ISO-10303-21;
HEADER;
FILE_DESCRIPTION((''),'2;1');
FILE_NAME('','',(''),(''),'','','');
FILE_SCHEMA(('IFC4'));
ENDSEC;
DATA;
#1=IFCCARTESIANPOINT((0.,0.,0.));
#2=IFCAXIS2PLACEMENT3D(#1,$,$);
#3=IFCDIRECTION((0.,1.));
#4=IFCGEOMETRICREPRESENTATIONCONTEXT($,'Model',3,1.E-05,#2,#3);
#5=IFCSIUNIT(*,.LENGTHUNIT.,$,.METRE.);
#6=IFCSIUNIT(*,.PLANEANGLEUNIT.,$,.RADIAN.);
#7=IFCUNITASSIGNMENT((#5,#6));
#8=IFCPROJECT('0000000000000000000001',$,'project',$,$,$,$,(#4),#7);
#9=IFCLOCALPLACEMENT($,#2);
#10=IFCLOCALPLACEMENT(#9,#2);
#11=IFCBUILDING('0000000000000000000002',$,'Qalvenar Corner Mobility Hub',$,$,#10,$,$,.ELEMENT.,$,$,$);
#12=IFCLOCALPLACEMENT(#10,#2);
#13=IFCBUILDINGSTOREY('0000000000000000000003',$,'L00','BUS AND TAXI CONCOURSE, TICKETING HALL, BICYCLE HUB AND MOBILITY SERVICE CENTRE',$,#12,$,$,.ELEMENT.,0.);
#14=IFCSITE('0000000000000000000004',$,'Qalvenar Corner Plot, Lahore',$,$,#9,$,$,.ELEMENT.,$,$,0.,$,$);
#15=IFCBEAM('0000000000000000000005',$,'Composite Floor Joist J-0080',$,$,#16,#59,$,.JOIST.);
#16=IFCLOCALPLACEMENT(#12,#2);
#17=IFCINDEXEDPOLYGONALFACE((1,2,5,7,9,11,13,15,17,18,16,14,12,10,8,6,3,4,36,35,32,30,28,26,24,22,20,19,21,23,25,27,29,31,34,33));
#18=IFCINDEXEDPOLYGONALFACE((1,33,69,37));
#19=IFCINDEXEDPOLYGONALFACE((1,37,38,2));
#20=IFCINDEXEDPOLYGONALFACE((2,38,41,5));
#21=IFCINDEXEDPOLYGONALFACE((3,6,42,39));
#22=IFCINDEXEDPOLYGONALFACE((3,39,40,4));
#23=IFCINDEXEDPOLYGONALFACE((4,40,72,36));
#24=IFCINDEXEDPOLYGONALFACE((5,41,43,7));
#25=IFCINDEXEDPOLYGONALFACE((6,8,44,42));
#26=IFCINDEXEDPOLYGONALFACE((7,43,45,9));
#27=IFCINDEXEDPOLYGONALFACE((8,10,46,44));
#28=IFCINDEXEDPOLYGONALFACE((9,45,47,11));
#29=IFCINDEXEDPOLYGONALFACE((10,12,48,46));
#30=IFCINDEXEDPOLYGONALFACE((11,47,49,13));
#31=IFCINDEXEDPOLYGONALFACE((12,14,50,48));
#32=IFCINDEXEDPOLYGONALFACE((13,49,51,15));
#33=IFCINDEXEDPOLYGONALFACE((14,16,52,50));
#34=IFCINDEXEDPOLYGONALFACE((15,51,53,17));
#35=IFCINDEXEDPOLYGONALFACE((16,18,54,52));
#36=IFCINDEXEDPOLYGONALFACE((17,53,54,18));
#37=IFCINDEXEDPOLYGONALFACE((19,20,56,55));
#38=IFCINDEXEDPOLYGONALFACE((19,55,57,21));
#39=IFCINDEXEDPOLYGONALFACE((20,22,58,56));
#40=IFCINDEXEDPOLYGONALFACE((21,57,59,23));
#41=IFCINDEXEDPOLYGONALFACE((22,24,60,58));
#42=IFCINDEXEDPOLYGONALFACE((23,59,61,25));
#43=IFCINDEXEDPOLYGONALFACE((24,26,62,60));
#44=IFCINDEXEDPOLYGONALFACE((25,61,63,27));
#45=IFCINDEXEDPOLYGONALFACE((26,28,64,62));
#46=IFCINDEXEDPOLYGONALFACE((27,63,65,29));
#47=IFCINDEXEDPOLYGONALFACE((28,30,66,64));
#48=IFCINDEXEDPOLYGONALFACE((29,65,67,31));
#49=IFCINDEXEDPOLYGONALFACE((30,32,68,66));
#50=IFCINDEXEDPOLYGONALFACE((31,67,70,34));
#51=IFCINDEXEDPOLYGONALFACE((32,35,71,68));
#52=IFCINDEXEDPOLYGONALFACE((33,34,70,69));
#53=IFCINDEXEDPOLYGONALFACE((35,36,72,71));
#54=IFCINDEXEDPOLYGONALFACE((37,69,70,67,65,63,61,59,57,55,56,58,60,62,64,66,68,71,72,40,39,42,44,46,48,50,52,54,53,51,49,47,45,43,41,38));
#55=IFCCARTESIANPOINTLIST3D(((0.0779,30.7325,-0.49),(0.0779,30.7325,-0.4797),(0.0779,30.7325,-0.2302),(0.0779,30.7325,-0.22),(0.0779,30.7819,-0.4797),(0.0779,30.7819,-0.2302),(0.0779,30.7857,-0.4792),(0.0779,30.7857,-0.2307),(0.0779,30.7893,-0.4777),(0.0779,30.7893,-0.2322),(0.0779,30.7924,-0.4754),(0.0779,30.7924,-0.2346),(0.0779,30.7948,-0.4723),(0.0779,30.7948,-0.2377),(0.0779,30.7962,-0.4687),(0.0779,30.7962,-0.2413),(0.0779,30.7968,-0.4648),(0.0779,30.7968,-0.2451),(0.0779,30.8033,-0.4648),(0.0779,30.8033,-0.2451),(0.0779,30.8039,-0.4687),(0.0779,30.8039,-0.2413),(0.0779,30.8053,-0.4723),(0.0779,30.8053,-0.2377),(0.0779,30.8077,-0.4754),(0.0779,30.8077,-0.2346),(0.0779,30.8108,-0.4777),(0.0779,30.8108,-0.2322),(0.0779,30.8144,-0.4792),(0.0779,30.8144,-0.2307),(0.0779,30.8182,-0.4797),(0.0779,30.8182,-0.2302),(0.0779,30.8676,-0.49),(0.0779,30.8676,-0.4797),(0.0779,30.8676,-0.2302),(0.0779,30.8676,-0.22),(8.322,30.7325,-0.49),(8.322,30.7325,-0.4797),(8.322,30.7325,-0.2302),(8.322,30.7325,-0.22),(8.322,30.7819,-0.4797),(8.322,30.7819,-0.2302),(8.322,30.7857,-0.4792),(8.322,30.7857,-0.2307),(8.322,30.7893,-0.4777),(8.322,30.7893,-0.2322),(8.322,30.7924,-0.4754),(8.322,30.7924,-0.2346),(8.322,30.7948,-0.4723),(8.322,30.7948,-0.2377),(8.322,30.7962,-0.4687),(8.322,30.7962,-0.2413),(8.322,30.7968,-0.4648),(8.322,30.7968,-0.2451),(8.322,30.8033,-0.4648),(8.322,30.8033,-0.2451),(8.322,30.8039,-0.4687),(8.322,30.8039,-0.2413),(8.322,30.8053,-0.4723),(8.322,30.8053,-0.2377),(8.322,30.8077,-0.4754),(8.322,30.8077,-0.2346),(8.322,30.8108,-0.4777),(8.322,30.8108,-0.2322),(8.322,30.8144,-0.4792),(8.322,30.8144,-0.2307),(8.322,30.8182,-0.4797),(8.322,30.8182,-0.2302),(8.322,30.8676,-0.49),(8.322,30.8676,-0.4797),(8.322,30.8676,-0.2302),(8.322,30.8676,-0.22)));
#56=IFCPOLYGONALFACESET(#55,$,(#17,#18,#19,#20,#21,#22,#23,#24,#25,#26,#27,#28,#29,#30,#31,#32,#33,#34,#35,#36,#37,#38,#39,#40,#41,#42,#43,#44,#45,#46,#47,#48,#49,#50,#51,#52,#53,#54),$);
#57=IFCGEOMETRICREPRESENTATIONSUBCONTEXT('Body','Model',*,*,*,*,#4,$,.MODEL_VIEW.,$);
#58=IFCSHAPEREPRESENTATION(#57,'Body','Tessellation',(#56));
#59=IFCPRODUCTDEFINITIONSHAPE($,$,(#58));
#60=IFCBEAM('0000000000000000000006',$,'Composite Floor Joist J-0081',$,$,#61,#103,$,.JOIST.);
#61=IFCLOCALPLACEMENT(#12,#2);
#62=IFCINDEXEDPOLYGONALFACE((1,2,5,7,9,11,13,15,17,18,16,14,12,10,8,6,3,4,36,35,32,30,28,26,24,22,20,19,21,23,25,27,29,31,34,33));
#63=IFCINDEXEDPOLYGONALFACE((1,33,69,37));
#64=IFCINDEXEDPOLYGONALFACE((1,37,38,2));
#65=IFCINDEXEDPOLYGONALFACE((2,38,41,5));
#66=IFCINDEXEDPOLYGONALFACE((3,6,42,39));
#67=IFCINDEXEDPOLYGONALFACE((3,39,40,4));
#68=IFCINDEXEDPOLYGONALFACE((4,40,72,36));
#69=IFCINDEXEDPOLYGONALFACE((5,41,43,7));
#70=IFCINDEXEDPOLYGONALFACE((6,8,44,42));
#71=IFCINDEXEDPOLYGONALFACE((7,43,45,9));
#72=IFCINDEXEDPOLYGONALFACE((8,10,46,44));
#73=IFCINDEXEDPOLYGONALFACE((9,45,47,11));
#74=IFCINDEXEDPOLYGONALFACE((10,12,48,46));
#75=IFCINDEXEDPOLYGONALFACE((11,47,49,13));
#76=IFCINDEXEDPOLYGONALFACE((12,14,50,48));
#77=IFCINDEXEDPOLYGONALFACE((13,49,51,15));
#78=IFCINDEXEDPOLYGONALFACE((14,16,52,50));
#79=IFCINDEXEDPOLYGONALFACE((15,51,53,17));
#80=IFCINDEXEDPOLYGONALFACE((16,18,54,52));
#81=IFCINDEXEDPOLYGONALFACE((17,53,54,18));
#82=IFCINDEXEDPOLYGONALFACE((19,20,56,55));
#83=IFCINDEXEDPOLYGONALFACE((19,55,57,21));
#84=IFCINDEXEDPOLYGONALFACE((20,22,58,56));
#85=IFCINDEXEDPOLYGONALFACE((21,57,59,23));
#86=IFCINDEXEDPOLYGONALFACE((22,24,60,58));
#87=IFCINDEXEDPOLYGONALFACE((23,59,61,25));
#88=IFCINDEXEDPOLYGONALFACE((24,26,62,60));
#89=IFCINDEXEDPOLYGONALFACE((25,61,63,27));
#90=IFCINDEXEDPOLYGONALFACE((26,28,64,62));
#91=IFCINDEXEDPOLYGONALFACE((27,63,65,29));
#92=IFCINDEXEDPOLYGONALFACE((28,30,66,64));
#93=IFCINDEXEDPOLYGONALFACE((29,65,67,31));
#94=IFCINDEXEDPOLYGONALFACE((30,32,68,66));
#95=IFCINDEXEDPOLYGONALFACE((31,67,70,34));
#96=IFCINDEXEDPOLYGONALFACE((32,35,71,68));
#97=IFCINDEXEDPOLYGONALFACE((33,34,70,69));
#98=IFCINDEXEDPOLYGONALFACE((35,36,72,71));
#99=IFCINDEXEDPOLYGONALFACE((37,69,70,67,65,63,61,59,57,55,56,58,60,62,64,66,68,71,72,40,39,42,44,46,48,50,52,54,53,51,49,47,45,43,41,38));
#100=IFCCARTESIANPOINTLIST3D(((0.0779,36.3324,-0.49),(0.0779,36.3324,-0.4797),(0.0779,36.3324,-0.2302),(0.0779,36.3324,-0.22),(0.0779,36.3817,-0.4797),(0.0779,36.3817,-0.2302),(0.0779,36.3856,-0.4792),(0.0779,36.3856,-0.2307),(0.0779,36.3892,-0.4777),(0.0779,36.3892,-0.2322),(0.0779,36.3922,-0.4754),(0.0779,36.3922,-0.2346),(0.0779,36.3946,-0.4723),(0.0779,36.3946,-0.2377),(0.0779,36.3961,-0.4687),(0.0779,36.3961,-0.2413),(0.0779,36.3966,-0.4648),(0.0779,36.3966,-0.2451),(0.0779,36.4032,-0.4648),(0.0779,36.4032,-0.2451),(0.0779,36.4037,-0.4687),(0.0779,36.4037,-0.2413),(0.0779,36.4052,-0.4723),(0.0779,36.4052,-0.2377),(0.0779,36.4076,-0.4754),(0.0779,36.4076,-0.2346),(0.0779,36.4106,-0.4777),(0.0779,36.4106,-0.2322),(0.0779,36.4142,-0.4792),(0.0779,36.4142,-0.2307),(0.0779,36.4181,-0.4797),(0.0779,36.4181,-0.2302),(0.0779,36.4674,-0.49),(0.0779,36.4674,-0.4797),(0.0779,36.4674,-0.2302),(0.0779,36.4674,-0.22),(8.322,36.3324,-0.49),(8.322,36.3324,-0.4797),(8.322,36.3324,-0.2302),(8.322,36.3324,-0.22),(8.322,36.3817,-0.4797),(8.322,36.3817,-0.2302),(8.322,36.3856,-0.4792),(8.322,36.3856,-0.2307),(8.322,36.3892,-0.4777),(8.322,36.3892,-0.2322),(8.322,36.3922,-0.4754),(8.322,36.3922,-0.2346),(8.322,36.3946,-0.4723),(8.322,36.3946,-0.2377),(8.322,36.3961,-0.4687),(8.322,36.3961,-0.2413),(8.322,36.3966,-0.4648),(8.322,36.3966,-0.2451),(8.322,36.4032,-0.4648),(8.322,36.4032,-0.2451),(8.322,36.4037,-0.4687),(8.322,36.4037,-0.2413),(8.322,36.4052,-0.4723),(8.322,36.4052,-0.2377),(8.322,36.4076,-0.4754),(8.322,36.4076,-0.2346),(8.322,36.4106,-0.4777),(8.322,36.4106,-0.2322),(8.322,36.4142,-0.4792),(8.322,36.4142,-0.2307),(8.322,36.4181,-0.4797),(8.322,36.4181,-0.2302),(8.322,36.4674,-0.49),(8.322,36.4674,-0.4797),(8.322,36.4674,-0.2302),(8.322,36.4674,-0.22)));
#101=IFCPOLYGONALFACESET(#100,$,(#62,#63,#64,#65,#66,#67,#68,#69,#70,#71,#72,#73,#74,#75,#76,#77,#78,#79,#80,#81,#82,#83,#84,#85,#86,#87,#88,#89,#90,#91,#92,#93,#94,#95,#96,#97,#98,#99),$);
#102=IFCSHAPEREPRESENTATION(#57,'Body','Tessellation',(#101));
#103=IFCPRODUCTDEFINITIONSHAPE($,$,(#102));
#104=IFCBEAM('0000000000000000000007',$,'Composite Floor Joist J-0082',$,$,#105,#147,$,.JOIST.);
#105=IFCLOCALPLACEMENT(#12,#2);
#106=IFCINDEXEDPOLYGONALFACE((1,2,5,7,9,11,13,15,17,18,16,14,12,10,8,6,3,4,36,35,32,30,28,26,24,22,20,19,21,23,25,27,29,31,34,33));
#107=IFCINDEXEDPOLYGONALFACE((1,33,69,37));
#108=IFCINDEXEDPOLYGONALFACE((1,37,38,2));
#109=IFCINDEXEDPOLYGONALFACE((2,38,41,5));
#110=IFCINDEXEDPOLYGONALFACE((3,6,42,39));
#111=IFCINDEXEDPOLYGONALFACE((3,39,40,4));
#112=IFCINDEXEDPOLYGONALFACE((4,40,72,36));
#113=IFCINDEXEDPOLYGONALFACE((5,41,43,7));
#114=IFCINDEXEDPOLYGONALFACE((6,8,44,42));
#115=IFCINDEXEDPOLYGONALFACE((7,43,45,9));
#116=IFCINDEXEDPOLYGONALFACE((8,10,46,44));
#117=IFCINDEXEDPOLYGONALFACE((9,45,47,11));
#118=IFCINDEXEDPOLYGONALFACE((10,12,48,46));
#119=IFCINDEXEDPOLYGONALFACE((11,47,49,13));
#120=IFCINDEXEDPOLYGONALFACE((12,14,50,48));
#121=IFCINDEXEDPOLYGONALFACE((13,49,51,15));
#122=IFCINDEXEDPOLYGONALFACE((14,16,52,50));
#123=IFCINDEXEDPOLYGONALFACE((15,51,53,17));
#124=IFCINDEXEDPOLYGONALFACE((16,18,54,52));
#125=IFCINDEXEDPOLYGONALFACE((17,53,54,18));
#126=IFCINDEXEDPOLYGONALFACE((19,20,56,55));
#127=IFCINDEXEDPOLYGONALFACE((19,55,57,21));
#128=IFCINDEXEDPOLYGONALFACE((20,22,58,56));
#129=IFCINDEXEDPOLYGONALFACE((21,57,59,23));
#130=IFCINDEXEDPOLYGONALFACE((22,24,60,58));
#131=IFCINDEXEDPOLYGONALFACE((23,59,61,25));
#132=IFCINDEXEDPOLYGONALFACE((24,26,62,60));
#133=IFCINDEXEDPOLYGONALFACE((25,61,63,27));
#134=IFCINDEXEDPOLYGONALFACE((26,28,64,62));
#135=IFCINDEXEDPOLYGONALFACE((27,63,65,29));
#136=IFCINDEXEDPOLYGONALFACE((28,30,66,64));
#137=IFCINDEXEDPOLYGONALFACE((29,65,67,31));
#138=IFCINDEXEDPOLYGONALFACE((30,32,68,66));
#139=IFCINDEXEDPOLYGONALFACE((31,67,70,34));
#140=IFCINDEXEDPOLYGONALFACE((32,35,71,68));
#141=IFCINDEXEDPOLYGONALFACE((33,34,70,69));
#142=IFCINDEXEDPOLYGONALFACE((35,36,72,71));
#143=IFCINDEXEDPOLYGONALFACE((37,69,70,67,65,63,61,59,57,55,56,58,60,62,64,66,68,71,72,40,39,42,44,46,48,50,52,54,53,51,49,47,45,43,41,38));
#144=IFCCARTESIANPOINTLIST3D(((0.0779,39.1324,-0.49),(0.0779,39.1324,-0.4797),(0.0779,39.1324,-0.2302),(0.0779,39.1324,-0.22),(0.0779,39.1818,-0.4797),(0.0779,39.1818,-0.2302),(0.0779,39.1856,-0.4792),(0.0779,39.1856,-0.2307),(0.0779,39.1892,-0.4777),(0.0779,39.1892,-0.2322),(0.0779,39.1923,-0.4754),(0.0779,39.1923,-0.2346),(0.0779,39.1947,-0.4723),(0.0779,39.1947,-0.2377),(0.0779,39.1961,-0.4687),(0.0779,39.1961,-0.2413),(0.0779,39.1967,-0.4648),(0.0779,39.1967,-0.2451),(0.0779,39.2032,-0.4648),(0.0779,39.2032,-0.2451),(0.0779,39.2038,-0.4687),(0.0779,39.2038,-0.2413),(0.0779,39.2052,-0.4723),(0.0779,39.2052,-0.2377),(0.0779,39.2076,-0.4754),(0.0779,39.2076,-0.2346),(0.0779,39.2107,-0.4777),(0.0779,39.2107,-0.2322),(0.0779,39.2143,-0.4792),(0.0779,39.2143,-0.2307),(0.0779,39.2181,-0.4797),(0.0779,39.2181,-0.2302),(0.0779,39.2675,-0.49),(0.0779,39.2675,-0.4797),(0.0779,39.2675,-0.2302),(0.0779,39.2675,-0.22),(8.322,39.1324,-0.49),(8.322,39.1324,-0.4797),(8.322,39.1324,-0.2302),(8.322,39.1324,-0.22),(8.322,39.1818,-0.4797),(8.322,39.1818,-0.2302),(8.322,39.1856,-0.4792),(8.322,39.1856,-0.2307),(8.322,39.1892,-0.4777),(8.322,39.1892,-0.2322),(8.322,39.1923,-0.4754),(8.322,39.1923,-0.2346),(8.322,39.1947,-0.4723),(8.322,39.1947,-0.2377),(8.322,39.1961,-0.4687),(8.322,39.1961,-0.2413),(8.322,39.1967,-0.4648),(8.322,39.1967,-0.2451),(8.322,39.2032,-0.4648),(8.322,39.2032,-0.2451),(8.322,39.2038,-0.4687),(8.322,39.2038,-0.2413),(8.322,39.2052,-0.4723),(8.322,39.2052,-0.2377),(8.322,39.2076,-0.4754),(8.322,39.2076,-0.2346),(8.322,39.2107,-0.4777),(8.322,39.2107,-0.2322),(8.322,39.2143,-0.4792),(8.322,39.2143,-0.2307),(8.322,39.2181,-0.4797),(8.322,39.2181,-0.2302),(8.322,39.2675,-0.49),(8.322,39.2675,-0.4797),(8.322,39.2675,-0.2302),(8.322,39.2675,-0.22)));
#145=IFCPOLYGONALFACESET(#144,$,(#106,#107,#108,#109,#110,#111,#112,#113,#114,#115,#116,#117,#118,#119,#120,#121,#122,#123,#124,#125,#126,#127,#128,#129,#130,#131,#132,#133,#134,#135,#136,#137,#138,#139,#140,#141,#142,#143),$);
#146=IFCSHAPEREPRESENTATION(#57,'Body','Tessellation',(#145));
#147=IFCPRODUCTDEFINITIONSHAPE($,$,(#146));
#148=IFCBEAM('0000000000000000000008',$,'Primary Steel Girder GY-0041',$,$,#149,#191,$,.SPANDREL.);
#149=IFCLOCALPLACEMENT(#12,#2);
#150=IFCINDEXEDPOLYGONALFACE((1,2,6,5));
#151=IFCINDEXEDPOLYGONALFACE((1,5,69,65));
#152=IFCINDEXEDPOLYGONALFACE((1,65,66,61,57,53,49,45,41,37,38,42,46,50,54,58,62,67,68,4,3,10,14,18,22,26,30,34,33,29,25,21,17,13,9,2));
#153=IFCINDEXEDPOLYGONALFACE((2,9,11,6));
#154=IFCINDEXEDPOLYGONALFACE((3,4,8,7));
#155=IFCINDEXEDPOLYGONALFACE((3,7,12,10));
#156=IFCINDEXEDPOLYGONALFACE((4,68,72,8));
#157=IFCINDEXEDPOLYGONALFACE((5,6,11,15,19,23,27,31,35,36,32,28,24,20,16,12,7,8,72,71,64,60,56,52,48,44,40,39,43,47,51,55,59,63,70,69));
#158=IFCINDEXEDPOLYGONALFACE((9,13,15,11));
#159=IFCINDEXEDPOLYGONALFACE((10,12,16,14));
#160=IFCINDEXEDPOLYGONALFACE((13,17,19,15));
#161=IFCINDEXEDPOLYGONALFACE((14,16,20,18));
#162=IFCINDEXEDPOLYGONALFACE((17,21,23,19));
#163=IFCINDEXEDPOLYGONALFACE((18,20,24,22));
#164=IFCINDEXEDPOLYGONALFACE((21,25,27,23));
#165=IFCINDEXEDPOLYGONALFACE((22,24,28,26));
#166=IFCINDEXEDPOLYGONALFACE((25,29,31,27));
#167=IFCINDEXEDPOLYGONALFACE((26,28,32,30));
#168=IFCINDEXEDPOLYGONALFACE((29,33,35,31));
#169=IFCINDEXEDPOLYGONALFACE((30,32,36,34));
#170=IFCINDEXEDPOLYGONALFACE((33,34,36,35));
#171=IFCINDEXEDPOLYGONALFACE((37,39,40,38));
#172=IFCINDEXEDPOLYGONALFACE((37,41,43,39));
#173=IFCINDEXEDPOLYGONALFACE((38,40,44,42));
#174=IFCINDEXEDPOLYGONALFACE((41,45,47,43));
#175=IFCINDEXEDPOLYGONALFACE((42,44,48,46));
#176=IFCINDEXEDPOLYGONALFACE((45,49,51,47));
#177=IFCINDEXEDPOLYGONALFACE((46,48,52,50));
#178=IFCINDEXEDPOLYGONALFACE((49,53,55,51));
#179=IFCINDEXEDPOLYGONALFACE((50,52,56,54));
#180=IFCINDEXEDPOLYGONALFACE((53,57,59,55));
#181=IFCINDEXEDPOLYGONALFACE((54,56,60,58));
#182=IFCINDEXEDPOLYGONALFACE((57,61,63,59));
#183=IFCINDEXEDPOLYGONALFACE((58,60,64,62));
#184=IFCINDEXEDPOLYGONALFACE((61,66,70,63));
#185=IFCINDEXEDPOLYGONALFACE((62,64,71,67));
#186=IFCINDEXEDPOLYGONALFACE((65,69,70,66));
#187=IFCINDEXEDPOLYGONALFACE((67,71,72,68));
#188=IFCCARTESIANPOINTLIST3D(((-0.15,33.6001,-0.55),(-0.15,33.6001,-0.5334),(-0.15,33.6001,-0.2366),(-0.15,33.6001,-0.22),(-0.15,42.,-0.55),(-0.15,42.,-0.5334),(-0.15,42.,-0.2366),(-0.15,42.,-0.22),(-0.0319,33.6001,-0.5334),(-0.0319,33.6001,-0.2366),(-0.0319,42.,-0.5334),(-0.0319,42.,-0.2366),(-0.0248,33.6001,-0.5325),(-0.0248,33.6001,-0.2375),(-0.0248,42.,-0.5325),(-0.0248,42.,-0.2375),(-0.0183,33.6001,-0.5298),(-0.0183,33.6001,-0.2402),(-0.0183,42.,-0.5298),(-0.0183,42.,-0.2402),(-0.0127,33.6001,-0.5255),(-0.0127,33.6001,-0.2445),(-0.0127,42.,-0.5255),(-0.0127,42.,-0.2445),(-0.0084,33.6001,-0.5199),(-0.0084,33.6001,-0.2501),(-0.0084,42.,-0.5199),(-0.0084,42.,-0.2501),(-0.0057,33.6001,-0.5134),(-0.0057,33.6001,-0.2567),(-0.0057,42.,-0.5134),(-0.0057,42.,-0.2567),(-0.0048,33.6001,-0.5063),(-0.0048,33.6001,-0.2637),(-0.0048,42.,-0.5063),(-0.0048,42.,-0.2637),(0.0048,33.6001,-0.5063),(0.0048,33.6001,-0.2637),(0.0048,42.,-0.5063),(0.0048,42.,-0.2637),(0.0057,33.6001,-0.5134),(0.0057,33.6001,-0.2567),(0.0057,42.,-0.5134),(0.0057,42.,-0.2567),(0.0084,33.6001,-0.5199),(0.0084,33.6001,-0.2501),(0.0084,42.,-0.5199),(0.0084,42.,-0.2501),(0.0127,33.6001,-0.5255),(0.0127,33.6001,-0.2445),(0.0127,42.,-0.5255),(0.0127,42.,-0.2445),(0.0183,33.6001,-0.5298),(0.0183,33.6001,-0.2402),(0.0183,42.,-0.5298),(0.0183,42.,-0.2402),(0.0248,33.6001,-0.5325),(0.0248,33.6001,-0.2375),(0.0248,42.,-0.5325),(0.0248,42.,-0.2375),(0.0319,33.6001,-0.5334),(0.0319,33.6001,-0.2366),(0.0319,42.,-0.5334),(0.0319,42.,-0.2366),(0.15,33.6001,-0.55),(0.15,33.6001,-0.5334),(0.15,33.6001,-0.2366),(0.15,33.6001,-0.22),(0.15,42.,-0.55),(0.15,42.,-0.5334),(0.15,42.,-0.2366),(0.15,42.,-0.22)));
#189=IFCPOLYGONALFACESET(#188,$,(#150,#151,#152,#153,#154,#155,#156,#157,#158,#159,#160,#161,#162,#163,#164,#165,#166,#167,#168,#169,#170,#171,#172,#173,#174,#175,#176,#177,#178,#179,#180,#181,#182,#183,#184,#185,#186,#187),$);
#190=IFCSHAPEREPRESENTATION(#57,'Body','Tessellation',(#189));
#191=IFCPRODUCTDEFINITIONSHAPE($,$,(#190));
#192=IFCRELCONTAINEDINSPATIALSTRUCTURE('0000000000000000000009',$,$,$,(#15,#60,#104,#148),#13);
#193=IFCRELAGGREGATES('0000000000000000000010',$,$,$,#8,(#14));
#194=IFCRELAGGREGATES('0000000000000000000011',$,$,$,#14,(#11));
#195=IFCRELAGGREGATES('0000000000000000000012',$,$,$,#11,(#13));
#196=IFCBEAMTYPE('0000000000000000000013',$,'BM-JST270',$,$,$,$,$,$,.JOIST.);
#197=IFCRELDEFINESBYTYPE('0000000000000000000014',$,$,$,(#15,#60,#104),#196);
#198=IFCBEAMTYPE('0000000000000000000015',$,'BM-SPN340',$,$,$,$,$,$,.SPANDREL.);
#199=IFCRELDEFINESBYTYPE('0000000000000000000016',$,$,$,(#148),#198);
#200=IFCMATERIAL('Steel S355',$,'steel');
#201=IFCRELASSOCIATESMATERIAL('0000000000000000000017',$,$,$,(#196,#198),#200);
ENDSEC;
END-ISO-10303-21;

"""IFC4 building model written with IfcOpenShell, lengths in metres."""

from ifc_helpers import new_model, si_unit, direction, frame, origin, origin_2d, place, context, subcontext, project, spatial, i_section, extrude, material, material_profile, profile_set, type_object, element, save


model = new_model("IFC4")

# Units and contexts
model_context = context("Model", 3, precision=1e-05, world=origin(), true_north=direction((0.0, 1.0)))
body_context = subcontext(model_context, "Body", "Model", "MODEL_VIEW")
ifc_project = project(units=[si_unit("LENGTHUNIT", "METRE"), si_unit("PLANEANGLEUNIT", "RADIAN")], contexts=[model_context])

# Site, building, storey
site_placement = place(None, origin())
site = spatial("IfcSite", under=ifc_project, at=site_placement, Name="Qalvenar Corner Plot, Lahore", CompositionType="ELEMENT", RefElevation=0.0)
building_placement = place(site_placement, origin())
building = spatial("IfcBuilding", under=site, at=building_placement, Name="Qalvenar Corner Mobility Hub", CompositionType="ELEMENT")
storey_placement = place(building_placement, origin())
storey = spatial("IfcBuildingStorey", under=building, at=storey_placement, Name="L00", Description="BUS AND TAXI CONCOURSE, TICKETING HALL, BICYCLE HUB AND MOBILITY SERVICE CENTRE", CompositionType="ELEMENT", Elevation=0.0)

# Shared definitions
ifc_material_1 = material(Name="Steel S355", Category="steel")

# Beams
ifc_material_profile_1 = material_profile(ifc_material_1, i_section(OverallWidth=0.135, OverallDepth=0.27, WebThickness=0.0066, FlangeThickness=0.0103, FilletRadius=0.0149, at=origin_2d()), Name="IPE270")
ifc_profile_set_1 = profile_set([ifc_material_profile_1], Name="Steel S355")
beam_type_1 = type_object("IfcBeamType", Name="BM-JST270", PredefinedType="JOIST", material=ifc_profile_set_1)
for number, where, z_axis, x_axis, name in (
    (1, (0.0779, 30.8, -0.355), (1.0, 0.0, 0.0), (0.0, 1.0, 0.0), "Composite Floor Joist J-0080"),
    (2, (0.0779, 36.3999, -0.355), (1.0, 0.0, 0.0), (0.0, 1.0, 0.0), "Composite Floor Joist J-0081"),
    (3, (0.0779, 39.2, -0.355), (1.0, 0.0, 0.0), (0.0, 1.0, 0.0), "Composite Floor Joist J-0082"),
):
    element("IfcBeam", number, at=place(storey_placement, frame(where, z_axis=z_axis, x_axis=x_axis)), inside=storey, type_object=beam_type_1, Name=name, PredefinedType="JOIST", context=body_context, shape_type="SweptSolid", body=[
        extrude(i_section(OverallWidth=0.135, OverallDepth=0.27, WebThickness=0.0066, FlangeThickness=0.0103, FilletRadius=0.0149, at=origin_2d()), origin(), (0.0, 0.0, 1.0), 8.2441),
    ])
ifc_material_profile_2 = material_profile(ifc_material_1, i_section(OverallWidth=0.3, OverallDepth=0.3301, WebThickness=0.0095, FlangeThickness=0.0166, FilletRadius=0.0271, at=origin_2d()), Name="HEA340")
ifc_profile_set_2 = profile_set([ifc_material_profile_2], Name="Steel S355")
beam_type_2 = type_object("IfcBeamType", Name="BM-SPN340", PredefinedType="SPANDREL", material=ifc_profile_set_2)
for number, where, z_axis, x_axis, name in (
    (4, (0.0, 33.6001, -0.385), (0.0, 1.0, 0.0), (-1.0, 0.0, 0.0), "Primary Steel Girder GY-0041"),
):
    element("IfcBeam", number, at=place(storey_placement, frame(where, z_axis=z_axis, x_axis=x_axis)), inside=storey, type_object=beam_type_2, Name=name, PredefinedType="SPANDREL", context=body_context, shape_type="SweptSolid", body=[
        extrude(i_section(OverallWidth=0.3, OverallDepth=0.3301, WebThickness=0.0095, FlangeThickness=0.0166, FilletRadius=0.0271, at=origin_2d()), origin(), (0.0, 0.0, 1.0), 8.3999),
    ])

save(model, "model.ifc")
